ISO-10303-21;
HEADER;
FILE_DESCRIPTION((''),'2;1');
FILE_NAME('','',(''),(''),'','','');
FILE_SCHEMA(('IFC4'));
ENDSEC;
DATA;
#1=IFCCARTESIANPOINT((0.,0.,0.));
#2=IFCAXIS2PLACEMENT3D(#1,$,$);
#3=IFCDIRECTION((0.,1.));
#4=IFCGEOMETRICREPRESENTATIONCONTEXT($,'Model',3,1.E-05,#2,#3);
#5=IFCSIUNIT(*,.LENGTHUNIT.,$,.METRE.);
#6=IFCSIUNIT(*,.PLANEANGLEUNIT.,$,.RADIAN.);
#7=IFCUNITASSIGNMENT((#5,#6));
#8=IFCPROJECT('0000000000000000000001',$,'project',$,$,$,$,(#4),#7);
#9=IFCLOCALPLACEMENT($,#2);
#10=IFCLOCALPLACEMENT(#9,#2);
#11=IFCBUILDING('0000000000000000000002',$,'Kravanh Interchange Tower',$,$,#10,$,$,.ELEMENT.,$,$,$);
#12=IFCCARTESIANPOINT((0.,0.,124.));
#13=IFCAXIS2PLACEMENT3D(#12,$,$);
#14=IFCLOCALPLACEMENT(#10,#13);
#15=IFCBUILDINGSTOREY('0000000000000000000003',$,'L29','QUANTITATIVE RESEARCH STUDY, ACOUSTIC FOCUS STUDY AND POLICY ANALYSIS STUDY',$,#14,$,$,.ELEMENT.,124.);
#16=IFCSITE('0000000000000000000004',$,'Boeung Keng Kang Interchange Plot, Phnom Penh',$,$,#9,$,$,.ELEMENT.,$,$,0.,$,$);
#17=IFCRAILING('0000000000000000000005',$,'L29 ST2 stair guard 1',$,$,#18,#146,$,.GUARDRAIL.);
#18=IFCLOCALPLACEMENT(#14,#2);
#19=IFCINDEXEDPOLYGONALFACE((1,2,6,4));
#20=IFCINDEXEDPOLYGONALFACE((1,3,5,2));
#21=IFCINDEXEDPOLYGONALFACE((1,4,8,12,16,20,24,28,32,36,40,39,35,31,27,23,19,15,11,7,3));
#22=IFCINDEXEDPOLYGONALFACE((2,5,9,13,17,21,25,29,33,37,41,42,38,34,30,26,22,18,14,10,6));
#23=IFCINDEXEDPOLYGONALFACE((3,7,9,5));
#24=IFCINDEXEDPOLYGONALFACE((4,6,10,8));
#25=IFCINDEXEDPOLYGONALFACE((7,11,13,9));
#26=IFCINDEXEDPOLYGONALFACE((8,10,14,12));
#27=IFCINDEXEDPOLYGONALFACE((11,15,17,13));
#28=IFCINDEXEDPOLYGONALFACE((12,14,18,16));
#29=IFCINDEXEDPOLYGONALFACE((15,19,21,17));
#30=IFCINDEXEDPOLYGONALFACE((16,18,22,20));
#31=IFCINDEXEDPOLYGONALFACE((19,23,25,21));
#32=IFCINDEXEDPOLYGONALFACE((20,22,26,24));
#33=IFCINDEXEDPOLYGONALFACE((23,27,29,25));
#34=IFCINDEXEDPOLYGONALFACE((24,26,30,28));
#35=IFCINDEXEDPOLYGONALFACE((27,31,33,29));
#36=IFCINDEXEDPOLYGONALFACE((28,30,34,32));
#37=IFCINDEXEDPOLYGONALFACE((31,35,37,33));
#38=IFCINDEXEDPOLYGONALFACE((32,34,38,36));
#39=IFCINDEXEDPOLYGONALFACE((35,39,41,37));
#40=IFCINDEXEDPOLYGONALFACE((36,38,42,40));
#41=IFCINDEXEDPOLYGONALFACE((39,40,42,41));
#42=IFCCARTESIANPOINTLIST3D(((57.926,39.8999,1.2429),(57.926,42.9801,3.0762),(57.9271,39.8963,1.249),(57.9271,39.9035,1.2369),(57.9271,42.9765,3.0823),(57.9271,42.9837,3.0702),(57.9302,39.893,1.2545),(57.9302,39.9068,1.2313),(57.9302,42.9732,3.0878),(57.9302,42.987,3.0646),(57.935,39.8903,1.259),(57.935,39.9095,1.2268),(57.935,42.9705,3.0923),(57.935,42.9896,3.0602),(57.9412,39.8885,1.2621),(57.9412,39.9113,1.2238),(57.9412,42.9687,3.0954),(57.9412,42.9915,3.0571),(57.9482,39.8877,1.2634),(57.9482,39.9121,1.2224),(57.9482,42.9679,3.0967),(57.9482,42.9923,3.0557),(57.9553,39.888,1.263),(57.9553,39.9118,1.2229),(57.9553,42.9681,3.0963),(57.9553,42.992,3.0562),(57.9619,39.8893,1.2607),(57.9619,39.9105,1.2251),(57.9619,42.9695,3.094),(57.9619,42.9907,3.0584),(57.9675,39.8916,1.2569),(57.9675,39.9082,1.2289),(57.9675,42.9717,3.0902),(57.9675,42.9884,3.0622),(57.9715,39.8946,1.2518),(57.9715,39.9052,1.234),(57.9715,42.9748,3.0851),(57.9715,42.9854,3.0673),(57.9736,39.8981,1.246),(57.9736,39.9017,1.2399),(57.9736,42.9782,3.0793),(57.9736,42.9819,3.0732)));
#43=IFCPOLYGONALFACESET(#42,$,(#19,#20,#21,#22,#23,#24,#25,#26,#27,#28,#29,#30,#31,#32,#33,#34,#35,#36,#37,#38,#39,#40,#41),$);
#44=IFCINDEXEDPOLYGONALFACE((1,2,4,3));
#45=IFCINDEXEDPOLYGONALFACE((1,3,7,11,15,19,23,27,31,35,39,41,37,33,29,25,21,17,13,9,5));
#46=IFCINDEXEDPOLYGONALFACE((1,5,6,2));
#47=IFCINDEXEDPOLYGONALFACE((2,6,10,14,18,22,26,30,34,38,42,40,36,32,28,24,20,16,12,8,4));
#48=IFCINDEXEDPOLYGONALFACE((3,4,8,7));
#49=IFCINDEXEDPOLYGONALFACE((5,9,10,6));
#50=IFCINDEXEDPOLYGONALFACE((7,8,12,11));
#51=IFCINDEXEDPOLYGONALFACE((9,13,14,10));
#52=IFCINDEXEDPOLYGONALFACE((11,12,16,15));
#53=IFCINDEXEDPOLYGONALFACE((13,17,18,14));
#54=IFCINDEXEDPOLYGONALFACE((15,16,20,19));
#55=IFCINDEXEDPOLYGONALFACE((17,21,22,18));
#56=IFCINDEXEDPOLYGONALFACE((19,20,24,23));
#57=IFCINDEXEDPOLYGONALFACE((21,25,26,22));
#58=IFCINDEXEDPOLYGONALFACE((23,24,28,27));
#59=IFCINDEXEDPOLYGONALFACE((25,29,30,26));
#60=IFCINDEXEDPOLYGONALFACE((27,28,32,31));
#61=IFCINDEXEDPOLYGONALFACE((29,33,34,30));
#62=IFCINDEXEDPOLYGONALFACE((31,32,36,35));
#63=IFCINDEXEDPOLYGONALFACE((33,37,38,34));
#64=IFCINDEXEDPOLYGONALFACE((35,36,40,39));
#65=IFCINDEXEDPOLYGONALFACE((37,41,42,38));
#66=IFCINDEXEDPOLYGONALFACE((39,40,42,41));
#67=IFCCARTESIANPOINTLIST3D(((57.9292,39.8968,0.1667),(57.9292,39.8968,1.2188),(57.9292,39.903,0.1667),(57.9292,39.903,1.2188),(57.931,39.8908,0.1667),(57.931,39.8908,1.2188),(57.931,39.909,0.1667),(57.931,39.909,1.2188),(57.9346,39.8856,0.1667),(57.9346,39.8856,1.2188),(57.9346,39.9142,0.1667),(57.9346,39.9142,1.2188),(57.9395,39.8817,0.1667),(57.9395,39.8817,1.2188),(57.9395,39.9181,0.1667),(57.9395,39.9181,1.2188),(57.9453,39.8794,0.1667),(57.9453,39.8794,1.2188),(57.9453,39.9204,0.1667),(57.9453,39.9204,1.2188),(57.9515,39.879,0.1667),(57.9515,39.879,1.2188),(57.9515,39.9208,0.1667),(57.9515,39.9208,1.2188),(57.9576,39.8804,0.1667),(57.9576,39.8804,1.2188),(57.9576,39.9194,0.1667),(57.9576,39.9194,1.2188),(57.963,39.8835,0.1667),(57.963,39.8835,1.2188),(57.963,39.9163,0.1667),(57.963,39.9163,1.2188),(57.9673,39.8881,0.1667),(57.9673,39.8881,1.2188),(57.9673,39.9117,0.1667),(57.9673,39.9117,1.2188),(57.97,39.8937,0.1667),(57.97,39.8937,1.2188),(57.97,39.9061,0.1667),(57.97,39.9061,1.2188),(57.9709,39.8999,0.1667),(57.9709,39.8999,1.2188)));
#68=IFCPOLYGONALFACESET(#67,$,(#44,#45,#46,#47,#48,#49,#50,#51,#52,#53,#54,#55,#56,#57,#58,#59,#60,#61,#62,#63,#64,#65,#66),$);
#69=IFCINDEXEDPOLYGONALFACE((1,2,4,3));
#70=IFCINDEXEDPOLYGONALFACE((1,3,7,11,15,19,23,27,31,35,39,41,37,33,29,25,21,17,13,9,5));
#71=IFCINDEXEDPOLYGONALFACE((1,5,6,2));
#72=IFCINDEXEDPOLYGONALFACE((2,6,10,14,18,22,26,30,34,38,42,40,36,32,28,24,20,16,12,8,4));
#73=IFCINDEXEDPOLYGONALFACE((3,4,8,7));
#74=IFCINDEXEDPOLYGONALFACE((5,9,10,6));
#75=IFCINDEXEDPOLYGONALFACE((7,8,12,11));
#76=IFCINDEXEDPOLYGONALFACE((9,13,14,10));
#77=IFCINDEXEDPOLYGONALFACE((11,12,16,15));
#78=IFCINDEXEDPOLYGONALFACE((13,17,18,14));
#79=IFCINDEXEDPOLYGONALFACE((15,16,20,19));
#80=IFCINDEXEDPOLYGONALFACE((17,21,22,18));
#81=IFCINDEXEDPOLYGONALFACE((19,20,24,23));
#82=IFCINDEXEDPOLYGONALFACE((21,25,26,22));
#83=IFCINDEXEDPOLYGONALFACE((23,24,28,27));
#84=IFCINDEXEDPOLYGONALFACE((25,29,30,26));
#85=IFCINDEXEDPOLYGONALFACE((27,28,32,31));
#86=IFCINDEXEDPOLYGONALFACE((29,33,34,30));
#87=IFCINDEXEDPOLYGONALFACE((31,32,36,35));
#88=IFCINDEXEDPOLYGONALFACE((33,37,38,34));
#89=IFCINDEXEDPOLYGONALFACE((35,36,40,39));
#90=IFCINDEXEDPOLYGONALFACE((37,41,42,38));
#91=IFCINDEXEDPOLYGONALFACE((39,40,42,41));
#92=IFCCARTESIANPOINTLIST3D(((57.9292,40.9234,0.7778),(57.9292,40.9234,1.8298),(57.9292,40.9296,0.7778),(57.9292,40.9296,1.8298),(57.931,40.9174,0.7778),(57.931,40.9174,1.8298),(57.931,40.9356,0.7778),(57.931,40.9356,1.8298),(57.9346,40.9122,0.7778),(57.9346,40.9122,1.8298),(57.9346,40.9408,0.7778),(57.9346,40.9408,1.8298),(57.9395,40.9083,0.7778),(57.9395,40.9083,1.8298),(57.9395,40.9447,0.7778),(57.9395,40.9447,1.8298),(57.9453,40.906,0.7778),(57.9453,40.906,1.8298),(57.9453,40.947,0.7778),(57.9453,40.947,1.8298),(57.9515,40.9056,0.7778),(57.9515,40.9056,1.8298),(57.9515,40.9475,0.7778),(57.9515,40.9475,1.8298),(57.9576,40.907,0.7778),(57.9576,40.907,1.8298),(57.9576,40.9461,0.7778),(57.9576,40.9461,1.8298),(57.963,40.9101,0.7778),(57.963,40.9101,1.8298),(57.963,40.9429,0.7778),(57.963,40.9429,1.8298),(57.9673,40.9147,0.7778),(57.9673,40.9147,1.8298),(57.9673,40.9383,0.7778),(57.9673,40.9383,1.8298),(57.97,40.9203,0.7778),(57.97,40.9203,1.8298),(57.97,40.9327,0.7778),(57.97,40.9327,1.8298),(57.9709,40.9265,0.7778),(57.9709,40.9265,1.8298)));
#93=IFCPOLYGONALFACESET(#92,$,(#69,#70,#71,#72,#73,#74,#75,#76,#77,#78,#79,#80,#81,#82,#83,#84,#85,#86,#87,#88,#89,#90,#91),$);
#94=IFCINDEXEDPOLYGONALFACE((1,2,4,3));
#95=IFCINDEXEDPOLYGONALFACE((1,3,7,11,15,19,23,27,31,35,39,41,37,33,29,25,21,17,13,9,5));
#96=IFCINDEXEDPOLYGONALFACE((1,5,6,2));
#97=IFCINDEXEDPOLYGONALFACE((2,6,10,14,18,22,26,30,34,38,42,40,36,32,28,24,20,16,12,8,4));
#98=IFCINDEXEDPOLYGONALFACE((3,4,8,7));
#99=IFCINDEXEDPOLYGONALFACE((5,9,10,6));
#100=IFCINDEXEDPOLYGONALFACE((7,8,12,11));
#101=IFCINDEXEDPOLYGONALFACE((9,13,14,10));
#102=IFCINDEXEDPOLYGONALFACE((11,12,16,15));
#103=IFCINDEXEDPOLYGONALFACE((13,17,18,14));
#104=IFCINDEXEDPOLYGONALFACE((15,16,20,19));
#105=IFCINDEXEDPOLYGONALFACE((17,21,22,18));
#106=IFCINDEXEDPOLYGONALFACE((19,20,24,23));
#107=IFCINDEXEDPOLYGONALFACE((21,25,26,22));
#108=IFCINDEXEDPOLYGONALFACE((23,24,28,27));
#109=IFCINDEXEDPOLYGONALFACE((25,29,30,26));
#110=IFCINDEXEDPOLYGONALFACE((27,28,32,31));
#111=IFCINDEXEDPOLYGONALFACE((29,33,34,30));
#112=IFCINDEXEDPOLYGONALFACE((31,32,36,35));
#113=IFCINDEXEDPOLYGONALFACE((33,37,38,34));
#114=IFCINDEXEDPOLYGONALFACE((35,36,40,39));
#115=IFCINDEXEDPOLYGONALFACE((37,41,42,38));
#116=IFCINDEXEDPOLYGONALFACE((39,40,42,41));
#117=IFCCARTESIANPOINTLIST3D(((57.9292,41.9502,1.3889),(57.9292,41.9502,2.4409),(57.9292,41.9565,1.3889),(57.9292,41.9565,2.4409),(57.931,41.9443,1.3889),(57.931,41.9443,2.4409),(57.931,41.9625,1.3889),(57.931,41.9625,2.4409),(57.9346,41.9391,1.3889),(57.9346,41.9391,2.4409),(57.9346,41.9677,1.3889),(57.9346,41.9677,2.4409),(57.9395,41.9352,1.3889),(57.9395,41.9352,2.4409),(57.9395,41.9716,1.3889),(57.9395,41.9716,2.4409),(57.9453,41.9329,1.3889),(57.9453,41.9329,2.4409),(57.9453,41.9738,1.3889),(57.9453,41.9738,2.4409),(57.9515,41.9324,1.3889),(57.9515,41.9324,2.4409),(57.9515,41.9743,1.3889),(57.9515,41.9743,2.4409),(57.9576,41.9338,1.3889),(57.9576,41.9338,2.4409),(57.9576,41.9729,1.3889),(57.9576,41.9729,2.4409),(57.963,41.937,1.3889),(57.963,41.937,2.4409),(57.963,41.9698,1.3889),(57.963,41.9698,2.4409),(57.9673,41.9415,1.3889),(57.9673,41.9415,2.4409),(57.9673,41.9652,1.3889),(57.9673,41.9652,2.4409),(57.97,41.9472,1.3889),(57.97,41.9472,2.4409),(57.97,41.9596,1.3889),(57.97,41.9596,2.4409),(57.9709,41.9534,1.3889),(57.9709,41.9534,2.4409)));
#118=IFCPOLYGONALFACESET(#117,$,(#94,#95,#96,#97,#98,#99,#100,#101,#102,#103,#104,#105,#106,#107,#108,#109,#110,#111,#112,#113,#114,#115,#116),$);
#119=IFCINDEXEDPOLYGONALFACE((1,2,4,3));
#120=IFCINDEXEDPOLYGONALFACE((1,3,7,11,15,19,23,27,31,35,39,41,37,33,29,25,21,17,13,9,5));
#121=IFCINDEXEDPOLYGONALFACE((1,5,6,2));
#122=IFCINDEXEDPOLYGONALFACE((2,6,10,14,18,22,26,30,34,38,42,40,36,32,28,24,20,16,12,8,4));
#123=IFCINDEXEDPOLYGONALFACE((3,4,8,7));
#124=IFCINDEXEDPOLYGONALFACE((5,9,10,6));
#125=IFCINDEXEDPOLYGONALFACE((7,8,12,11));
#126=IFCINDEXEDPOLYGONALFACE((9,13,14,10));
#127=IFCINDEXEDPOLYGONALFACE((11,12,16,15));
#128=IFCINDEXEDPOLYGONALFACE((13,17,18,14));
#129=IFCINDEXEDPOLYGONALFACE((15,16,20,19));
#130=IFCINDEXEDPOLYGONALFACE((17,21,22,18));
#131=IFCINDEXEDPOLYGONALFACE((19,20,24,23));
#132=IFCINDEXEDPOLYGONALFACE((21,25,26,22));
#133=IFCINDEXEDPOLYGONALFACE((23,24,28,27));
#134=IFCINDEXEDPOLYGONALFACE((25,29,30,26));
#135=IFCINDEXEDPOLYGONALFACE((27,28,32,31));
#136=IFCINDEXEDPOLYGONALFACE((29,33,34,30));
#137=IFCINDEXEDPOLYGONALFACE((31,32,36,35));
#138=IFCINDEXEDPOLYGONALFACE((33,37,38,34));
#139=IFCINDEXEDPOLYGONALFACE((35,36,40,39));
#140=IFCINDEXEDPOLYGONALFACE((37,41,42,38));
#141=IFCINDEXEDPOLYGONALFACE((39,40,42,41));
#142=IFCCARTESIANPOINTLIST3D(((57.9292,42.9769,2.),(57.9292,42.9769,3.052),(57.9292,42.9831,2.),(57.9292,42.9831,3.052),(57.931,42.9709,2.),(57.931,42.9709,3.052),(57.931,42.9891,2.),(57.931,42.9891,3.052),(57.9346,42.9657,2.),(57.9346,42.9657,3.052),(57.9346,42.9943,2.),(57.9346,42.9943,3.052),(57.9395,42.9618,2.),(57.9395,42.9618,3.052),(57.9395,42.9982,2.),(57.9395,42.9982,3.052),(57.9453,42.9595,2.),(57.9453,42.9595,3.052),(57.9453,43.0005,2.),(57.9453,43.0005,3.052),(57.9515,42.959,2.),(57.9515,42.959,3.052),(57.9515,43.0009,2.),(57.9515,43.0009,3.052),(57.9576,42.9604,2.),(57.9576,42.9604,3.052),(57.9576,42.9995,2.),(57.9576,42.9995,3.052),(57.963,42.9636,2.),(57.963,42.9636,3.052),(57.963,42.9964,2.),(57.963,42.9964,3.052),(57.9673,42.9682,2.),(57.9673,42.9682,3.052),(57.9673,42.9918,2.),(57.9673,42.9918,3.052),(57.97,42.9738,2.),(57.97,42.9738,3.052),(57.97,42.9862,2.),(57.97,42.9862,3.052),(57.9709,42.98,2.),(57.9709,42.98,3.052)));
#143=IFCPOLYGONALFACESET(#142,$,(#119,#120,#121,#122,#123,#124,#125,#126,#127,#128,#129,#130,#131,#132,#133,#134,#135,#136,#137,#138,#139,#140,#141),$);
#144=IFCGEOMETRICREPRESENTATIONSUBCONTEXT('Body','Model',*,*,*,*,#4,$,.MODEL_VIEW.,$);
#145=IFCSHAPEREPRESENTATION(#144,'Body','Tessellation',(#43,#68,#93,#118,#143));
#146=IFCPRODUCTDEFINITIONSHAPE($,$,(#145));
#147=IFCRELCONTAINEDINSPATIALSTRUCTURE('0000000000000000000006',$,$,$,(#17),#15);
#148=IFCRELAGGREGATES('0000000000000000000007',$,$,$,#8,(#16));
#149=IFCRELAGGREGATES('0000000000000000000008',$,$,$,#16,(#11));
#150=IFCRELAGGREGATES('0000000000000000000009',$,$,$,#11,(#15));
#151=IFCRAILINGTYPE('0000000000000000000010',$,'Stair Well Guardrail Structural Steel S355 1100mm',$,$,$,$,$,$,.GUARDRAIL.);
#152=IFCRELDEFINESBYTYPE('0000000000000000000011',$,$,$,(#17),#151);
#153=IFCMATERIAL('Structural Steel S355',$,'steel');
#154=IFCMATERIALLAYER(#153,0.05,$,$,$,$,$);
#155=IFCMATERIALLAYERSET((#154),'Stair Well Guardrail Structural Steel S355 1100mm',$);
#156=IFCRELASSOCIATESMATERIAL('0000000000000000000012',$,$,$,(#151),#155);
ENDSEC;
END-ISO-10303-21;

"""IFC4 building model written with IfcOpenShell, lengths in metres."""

from ifc_helpers import new_model, si_unit, direction, frame, origin, origin_2d, place, context, subcontext, project, spatial, circle, extrude, material, layer, layer_set, type_object, element, save


model = new_model("IFC4")

# Units and contexts
model_context = context("Model", 3, precision=1e-05, world=origin(), true_north=direction((0.0, 1.0)))
body_context = subcontext(model_context, "Body", "Model", "MODEL_VIEW")
ifc_project = project(units=[si_unit("LENGTHUNIT", "METRE"), si_unit("PLANEANGLEUNIT", "RADIAN")], contexts=[model_context])

# Site, building, storey
site_placement = place(None, origin())
site = spatial("IfcSite", under=ifc_project, at=site_placement, Name="Boeung Keng Kang Interchange Plot, Phnom Penh", CompositionType="ELEMENT", RefElevation=0.0)
building_placement = place(site_placement, origin())
building = spatial("IfcBuilding", under=site, at=building_placement, Name="Kravanh Interchange Tower", CompositionType="ELEMENT")
storey_placement = place(building_placement, frame((0.0, 0.0, 124.0)))
storey = spatial("IfcBuildingStorey", under=building, at=storey_placement, Name="L29", Description="QUANTITATIVE RESEARCH STUDY, ACOUSTIC FOCUS STUDY AND POLICY ANALYSIS STUDY", CompositionType="ELEMENT", Elevation=124.0)

# Railing
ifc_material_1 = material(Name="Structural Steel S355", Category="steel")
ifc_layer_1 = layer(ifc_material_1, 0.05)
ifc_layer_set_1 = layer_set([ifc_layer_1], Name="Stair Well Guardrail Structural Steel S355 1100mm")
railing_type_1 = type_object("IfcRailingType", Name="Stair Well Guardrail Structural Steel S355 1100mm", PredefinedType="GUARDRAIL", material=ifc_layer_set_1)
railing_1_placement = place(storey_placement, frame((57.95, 39.8999, 0.1667)))
element("IfcRailing", 1, at=railing_1_placement, inside=storey, type_object=railing_type_1, Name="L29 ST2 stair guard 1", PredefinedType="GUARDRAIL", context=body_context, shape_type="SweptSolid", body=[
    extrude(circle(Radius=0.0239, at=origin_2d()), frame((0.0, 0.0, 1.0762), z_axis=(0.0, 0.859309, 0.511458), x_axis=(-1.0, 0.0, 0.0)), (0.0, 0.0, 1.0), 3.5845),
    extrude(circle(Radius=0.021, at=origin_2d()), origin(), (0.0, 0.0, 1.0), 1.052),
    extrude(circle(Radius=0.021, at=origin_2d()), frame((0.0, 1.0266, 0.6111)), (0.0, 0.0, 1.0), 1.052),
    extrude(circle(Radius=0.021, at=origin_2d()), frame((0.0, 2.0535, 1.2222)), (0.0, 0.0, 1.0), 1.052),
    extrude(circle(Radius=0.021, at=origin_2d()), frame((0.0, 3.0801, 1.8333)), (0.0, 0.0, 1.0), 1.052),
])

save(model, "model.ifc")
